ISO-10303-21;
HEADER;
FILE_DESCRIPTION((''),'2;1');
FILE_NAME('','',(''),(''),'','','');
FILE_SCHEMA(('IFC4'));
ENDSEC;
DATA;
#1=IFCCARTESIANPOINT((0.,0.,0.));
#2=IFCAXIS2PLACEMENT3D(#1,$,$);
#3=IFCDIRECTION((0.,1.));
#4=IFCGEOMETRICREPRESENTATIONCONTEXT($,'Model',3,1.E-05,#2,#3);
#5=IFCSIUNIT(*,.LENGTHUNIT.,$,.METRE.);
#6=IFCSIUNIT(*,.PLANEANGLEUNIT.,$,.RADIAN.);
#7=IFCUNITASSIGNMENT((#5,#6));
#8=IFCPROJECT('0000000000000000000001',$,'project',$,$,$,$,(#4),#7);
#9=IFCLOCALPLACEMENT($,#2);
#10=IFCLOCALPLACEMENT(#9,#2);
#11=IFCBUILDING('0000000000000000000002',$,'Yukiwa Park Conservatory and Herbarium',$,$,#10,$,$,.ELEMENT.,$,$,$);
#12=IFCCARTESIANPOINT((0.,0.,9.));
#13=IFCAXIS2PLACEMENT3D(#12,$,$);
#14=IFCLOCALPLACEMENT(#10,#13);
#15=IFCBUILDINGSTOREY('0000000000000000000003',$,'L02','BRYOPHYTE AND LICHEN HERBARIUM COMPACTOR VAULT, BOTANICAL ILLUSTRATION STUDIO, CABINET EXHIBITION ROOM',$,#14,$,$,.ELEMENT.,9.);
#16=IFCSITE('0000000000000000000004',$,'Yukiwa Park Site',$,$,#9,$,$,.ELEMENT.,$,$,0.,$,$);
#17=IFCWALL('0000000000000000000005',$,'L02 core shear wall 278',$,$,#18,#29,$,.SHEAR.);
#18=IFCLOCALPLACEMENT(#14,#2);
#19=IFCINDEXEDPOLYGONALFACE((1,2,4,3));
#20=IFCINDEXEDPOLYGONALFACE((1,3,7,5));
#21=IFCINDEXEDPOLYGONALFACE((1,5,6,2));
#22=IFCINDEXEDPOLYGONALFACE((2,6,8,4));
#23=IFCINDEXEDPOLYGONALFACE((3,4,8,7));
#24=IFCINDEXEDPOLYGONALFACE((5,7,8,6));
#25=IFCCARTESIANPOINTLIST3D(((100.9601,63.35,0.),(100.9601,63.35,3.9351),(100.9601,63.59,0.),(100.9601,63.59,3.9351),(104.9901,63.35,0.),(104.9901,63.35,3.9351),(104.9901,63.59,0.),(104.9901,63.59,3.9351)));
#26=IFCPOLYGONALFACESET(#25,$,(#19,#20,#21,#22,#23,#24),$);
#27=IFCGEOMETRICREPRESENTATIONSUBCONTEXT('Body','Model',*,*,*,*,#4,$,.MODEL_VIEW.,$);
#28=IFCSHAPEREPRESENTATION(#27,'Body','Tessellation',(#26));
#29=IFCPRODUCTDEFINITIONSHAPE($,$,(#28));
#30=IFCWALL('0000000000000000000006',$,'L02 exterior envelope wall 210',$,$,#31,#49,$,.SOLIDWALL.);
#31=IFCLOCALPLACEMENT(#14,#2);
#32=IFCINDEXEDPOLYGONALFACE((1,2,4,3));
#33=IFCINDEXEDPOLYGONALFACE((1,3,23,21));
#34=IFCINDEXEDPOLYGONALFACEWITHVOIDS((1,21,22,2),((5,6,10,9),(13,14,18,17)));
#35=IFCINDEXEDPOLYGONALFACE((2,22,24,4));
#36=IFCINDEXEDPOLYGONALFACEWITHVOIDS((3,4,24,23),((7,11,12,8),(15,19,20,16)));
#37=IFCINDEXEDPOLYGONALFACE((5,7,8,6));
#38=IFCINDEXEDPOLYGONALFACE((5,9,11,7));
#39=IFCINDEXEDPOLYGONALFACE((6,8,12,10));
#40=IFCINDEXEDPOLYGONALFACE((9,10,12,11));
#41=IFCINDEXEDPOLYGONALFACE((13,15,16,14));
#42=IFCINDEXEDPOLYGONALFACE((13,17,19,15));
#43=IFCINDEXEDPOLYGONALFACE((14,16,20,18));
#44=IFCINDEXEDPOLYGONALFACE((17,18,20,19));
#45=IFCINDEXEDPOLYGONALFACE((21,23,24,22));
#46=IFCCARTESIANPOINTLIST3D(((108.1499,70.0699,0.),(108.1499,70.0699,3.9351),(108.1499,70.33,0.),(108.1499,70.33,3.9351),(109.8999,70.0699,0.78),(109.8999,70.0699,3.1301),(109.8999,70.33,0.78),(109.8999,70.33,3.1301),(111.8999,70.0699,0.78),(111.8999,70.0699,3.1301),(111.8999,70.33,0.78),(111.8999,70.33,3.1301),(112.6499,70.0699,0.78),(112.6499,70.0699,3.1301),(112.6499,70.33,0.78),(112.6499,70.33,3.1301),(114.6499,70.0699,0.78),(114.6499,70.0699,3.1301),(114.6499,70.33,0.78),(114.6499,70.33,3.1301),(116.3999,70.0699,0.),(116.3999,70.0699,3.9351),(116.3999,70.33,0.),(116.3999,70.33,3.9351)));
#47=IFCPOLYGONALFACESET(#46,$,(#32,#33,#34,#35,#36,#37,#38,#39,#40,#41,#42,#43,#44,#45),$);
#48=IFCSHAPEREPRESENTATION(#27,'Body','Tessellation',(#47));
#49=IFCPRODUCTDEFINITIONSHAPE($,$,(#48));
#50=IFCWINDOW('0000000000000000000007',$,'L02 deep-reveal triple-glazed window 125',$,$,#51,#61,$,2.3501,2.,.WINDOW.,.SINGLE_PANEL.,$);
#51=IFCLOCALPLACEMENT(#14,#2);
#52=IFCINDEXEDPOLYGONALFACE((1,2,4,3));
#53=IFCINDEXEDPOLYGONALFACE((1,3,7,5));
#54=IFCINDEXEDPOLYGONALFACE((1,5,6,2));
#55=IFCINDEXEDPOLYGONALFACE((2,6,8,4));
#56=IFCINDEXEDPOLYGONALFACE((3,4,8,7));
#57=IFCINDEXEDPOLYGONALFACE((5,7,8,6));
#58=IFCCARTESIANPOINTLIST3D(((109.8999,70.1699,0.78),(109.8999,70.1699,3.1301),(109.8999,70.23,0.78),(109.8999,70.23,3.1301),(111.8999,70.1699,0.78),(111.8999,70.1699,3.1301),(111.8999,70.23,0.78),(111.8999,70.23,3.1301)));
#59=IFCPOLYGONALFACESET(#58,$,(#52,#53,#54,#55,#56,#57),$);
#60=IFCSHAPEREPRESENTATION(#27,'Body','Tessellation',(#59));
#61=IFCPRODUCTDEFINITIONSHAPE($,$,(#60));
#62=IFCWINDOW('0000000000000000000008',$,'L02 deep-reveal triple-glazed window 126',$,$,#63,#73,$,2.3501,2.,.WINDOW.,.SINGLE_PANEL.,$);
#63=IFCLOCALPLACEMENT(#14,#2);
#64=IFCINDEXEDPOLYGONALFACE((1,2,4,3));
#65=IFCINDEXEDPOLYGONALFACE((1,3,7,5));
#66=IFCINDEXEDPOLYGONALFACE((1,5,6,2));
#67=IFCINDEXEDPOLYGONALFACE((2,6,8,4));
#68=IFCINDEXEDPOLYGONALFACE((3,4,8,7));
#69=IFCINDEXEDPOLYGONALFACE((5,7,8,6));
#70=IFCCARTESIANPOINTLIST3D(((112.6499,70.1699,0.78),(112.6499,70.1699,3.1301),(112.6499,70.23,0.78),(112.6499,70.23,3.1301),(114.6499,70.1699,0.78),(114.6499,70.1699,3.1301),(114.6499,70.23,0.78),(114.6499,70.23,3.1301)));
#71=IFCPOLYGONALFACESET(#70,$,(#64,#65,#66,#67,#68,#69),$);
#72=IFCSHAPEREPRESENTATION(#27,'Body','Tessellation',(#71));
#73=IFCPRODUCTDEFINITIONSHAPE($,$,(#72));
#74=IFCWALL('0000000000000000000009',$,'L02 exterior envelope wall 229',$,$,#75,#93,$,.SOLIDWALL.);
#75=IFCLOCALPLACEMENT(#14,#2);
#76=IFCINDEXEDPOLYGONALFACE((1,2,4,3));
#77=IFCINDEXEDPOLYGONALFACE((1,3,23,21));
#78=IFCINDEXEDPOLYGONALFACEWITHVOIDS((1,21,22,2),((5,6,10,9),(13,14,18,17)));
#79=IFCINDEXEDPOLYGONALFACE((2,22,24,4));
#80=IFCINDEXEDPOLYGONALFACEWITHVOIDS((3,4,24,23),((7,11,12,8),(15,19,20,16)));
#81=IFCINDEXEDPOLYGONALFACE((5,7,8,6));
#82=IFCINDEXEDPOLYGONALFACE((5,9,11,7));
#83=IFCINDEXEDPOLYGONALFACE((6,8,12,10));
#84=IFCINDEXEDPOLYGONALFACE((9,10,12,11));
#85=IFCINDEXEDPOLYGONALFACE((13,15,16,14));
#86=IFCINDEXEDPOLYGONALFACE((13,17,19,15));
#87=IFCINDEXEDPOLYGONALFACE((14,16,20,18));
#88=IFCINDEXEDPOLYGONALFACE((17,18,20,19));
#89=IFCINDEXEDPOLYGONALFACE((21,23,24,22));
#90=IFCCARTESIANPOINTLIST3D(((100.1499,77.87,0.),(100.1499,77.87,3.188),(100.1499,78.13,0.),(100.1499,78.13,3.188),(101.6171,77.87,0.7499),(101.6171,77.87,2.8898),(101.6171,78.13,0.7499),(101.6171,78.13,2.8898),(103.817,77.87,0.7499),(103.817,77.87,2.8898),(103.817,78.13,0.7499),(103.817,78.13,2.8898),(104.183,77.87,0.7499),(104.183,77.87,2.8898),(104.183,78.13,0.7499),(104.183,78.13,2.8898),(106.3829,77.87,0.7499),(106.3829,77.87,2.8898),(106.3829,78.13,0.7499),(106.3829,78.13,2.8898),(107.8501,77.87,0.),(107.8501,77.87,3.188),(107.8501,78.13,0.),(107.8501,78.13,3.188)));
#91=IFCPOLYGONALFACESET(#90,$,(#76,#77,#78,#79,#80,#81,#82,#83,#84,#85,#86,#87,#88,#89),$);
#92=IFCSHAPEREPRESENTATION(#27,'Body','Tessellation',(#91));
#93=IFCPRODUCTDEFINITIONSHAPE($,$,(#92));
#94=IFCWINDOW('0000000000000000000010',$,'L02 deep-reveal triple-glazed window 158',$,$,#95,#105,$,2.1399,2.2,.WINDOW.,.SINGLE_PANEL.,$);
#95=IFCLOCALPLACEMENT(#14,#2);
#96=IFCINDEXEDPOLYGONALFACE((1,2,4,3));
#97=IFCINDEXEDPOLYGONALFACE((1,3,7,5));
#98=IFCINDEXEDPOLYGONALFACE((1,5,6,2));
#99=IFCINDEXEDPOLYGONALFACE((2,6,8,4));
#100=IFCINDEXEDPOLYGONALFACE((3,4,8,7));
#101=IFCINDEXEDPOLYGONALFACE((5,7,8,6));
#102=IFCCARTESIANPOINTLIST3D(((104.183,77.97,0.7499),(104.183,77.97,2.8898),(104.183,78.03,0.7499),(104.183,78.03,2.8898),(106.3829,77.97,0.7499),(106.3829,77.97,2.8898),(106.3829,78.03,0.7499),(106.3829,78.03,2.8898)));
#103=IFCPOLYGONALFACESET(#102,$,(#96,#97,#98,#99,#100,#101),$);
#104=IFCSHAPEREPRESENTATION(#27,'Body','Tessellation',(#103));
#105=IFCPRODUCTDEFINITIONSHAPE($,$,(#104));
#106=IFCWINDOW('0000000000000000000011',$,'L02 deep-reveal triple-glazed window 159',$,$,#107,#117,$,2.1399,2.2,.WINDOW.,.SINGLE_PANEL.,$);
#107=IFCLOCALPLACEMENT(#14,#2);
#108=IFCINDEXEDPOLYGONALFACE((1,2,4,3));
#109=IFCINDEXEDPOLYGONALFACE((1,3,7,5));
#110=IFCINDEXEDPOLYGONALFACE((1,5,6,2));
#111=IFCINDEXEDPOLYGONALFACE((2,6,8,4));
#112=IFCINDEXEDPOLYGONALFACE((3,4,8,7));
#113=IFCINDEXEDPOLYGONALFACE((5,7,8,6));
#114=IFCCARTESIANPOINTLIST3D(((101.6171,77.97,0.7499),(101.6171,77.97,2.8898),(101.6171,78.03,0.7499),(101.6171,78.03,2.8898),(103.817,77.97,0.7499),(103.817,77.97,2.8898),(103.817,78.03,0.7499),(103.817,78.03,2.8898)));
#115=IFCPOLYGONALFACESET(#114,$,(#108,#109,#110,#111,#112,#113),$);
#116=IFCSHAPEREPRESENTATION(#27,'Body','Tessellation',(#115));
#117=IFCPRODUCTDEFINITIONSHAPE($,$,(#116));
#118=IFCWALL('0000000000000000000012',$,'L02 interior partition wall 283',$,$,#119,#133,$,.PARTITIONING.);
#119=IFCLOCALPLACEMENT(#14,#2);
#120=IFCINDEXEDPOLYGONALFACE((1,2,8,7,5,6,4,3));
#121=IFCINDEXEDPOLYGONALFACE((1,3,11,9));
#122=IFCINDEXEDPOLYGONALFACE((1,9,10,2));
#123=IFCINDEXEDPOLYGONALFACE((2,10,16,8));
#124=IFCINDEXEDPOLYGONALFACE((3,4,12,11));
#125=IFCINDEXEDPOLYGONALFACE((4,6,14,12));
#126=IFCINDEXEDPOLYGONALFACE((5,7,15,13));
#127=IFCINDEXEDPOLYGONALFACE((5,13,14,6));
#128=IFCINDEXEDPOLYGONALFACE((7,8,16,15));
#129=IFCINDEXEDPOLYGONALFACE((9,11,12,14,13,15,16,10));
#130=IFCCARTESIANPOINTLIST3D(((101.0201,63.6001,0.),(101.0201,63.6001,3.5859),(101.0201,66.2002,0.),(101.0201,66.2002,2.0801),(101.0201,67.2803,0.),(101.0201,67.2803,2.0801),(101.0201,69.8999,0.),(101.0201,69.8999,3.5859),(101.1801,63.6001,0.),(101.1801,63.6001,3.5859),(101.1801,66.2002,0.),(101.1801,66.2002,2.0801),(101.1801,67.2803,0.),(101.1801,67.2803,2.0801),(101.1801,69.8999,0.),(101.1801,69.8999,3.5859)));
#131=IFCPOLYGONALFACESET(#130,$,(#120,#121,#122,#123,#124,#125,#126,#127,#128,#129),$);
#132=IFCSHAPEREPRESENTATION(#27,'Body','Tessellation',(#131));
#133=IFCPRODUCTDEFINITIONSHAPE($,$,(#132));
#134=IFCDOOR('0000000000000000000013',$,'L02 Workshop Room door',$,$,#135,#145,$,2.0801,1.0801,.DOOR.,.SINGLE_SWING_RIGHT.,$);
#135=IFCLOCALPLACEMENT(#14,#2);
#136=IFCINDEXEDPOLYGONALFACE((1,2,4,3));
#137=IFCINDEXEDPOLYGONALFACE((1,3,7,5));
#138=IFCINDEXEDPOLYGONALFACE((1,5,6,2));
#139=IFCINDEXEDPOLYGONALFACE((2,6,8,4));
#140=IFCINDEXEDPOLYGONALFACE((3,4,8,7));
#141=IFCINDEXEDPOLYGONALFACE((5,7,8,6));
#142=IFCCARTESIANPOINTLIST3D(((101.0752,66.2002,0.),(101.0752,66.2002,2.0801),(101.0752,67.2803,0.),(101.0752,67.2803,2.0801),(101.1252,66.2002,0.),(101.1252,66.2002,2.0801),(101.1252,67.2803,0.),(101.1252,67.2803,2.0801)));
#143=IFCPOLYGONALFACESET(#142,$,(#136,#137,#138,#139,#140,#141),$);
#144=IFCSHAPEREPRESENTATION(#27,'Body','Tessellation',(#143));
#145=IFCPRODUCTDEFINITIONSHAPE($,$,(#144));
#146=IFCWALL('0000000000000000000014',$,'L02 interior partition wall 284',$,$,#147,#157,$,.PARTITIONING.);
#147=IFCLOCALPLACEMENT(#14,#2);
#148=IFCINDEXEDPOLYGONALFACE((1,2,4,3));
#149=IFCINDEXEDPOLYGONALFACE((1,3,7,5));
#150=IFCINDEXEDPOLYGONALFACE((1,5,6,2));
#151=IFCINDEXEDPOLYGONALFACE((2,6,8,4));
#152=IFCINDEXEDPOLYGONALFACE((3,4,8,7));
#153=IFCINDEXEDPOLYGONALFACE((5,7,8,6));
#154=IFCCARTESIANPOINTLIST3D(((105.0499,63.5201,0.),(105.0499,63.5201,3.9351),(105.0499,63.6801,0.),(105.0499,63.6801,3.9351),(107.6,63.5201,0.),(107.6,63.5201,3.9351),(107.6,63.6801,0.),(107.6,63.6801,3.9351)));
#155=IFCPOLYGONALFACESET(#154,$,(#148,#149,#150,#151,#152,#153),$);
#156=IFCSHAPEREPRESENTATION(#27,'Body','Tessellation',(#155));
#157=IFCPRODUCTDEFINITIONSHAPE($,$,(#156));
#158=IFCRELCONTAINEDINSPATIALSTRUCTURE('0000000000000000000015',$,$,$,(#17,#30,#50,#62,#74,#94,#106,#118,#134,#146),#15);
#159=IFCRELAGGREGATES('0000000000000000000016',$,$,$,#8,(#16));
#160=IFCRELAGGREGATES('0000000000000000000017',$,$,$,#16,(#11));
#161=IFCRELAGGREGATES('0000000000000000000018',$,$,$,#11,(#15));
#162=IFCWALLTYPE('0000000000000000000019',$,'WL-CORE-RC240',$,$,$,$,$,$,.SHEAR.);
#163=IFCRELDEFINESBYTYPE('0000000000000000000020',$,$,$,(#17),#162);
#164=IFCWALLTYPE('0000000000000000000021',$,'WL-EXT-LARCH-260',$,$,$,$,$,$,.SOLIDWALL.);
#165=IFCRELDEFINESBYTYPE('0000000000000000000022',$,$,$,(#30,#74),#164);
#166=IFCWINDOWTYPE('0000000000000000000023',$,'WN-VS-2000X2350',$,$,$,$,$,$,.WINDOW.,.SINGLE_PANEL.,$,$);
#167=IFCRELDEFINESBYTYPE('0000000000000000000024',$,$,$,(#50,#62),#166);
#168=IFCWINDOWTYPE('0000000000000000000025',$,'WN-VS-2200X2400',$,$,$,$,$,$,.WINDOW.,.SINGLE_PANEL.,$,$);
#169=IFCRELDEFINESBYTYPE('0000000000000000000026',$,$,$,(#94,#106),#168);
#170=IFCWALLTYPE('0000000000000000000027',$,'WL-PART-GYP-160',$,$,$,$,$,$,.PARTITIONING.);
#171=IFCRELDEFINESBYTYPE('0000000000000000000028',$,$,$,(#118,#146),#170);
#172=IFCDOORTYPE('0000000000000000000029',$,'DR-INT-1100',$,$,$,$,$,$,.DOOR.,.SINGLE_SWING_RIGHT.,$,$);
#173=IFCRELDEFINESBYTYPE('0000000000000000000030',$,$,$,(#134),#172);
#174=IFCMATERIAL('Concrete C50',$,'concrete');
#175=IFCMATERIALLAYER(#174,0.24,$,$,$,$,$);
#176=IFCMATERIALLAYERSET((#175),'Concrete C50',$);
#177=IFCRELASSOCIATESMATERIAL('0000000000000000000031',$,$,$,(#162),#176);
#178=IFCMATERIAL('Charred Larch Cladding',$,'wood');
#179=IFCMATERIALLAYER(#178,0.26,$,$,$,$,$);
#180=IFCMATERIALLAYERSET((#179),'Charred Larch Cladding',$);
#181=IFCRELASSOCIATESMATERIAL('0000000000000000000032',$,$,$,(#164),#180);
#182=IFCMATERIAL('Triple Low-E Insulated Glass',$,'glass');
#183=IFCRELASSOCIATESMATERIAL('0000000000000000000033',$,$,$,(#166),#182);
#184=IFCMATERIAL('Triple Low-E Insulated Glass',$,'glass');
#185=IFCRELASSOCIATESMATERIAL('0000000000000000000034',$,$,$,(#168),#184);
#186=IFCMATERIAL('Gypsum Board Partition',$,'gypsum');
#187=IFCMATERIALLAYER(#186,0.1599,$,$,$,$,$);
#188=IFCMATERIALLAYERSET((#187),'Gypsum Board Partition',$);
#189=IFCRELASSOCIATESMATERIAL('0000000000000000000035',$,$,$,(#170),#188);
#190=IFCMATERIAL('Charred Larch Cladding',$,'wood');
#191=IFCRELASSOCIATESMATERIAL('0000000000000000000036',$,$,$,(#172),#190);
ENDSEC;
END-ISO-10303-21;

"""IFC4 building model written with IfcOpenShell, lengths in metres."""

from ifc_helpers import new_model, si_unit, direction, frame, frame_2d, origin, place, context, subcontext, project, spatial, rectangle, extrude, material, layer, layer_set, type_object, element, fill, save


model = new_model("IFC4")

# Units and contexts
model_context = context("Model", 3, precision=1e-05, world=origin(), true_north=direction((0.0, 1.0)))
body_context = subcontext(model_context, "Body", "Model", "MODEL_VIEW")
ifc_project = project(units=[si_unit("LENGTHUNIT", "METRE"), si_unit("PLANEANGLEUNIT", "RADIAN")], contexts=[model_context])

# Site, building, storey
site_placement = place(None, origin())
site = spatial("IfcSite", under=ifc_project, at=site_placement, Name="Yukiwa Park Site", CompositionType="ELEMENT", RefElevation=0.0)
building_placement = place(site_placement, origin())
building = spatial("IfcBuilding", under=site, at=building_placement, Name="Yukiwa Park Conservatory and Herbarium", CompositionType="ELEMENT")
storey_placement = place(building_placement, frame((0.0, 0.0, 9.0)))
storey = spatial("IfcBuildingStorey", under=building, at=storey_placement, Name="L02", Description="BRYOPHYTE AND LICHEN HERBARIUM COMPACTOR VAULT, BOTANICAL ILLUSTRATION STUDIO, CABINET EXHIBITION ROOM", CompositionType="ELEMENT", Elevation=9.0)

# Wall
ifc_material_1 = material(Name="Concrete C50", Category="concrete")
ifc_layer_1 = layer(ifc_material_1, 0.24)
ifc_layer_set_1 = layer_set([ifc_layer_1], Name="Concrete C50")
wall_type_1 = type_object("IfcWallType", Name="WL-CORE-RC240", PredefinedType="SHEAR", material=ifc_layer_set_1)
wall_1_placement = place(storey_placement, frame((100.96, 63.47, 0.0), z_axis=(0.0, 0.0, 1.0), x_axis=(1.0, 0.0, 0.0)))
element("IfcWall", 1, at=wall_1_placement, inside=storey, type_object=wall_type_1, Name="L02 core shear wall 278", PredefinedType="SHEAR", context=body_context, shape_type="SweptSolid", body=[
    extrude(rectangle(XDim=4.03, YDim=0.24, at=frame_2d((2.0151, 0.0))), origin(), (0.0, 0.0, 1.0), 3.9351),
])

# Walls, openings, windows
ifc_material_2 = material(Name="Charred Larch Cladding", Category="wood")
ifc_layer_2 = layer(ifc_material_2, 0.26)
ifc_layer_set_2 = layer_set([ifc_layer_2], Name="Charred Larch Cladding")
wall_type_2 = type_object("IfcWallType", Name="WL-EXT-LARCH-260", PredefinedType="SOLIDWALL", material=ifc_layer_set_2)
wall_2_placement = place(storey_placement, frame((108.1499, 70.2, 0.0), z_axis=(0.0, 0.0, 1.0), x_axis=(1.0, 0.0, 0.0)))
wall_2 = element("IfcWall", 2, at=wall_2_placement, inside=storey, type_object=wall_type_2, Name="L02 exterior envelope wall 210", PredefinedType="SOLIDWALL", context=body_context, shape_type="SweptSolid", body=[
    extrude(rectangle(XDim=8.25, YDim=0.26, at=frame_2d((4.125, 0.0))), origin(), (0.0, 0.0, 1.0), 3.9351),
])
opening_1_placement = place(wall_2_placement, frame((1.75, 0.0, 0.78)))
opening_1 = element("IfcOpeningElement", 3, at=opening_1_placement, cuts=wall_2, PredefinedType="OPENING", context=body_context, shape_type="SweptSolid", body=[
    extrude(rectangle(XDim=2.0, YDim=2.3501, at=frame_2d((1.0, 1.175))), frame((0.0, 0.1401, 0.0), z_axis=(0.0, -1.0, 0.0), x_axis=(1.0, 0.0, 0.0)), (0.0, 0.0, 1.0), 0.28),
])
opening_2_placement = place(wall_2_placement, frame((4.5, 0.0, 0.78)))
opening_2 = element("IfcOpeningElement", 4, at=opening_2_placement, cuts=wall_2, PredefinedType="OPENING", context=body_context, shape_type="SweptSolid", body=[
    extrude(rectangle(XDim=2.0, YDim=2.3501, at=frame_2d((1.0, 1.175))), frame((0.0, 0.1401, 0.0), z_axis=(0.0, -1.0, 0.0), x_axis=(1.0, 0.0, 0.0)), (0.0, 0.0, 1.0), 0.28),
])
ifc_material_3 = material(Name="Triple Low-E Insulated Glass", Category="glass")
window_type_1 = type_object("IfcWindowType", Name="WN-VS-2000X2350", PartitioningType="SINGLE_PANEL", PredefinedType="WINDOW", material=ifc_material_3)
window_1_placement = place(opening_1_placement, origin())
window_1 = element("IfcWindow", 5, at=window_1_placement, inside=storey, type_object=window_type_1, Name="L02 deep-reveal triple-glazed window 125", OverallHeight=2.3501, OverallWidth=2.0, PartitioningType="SINGLE_PANEL", PredefinedType="WINDOW", context=body_context, shape_type="SweptSolid", body=[
    extrude(rectangle(XDim=2.0, YDim=2.3501, at=frame_2d((1.0, 1.175))), frame((0.0, 0.03, 0.0), z_axis=(0.0, -1.0, 0.0), x_axis=(1.0, 0.0, 0.0)), (0.0, 0.0, 1.0), 0.0601),
])
fill(opening_1, window_1)
window_2_placement = place(opening_2_placement, origin())
window_2 = element("IfcWindow", 6, at=window_2_placement, inside=storey, type_object=window_type_1, Name="L02 deep-reveal triple-glazed window 126", OverallHeight=2.3501, OverallWidth=2.0, PartitioningType="SINGLE_PANEL", PredefinedType="WINDOW", context=body_context, shape_type="SweptSolid", body=[
    extrude(rectangle(XDim=2.0, YDim=2.3501, at=frame_2d((1.0, 1.175))), frame((0.0, 0.03, 0.0), z_axis=(0.0, -1.0, 0.0), x_axis=(1.0, 0.0, 0.0)), (0.0, 0.0, 1.0), 0.0601),
])
fill(opening_2, window_2)
wall_3_placement = place(storey_placement, frame((107.8501, 78.0, 0.0), z_axis=(0.0, 0.0, 1.0), x_axis=(-1.0, 0.0, 0.0)))
wall_3 = element("IfcWall", 7, at=wall_3_placement, inside=storey, type_object=wall_type_2, Name="L02 exterior envelope wall 229", PredefinedType="SOLIDWALL", context=body_context, shape_type="SweptSolid", body=[
    extrude(rectangle(XDim=7.7002, YDim=0.26, at=frame_2d((3.8501, 0.0))), origin(), (0.0, 0.0, 1.0), 3.188),
])
opening_3_placement = place(wall_3_placement, frame((1.467, 0.0, 0.75)))
opening_3 = element("IfcOpeningElement", 8, at=opening_3_placement, cuts=wall_3, PredefinedType="OPENING", context=body_context, shape_type="SweptSolid", body=[
    extrude(rectangle(XDim=2.2, YDim=2.1399, at=frame_2d((1.1001, 1.0698))), frame((0.0, 0.1401, 0.0), z_axis=(0.0, -1.0, 0.0), x_axis=(1.0, 0.0, 0.0)), (0.0, 0.0, 1.0), 0.28),
])
opening_4_placement = place(wall_3_placement, frame((4.033, 0.0, 0.75)))
opening_4 = element("IfcOpeningElement", 9, at=opening_4_placement, cuts=wall_3, PredefinedType="OPENING", context=body_context, shape_type="SweptSolid", body=[
    extrude(rectangle(XDim=2.2, YDim=2.1399, at=frame_2d((1.1001, 1.0698))), frame((0.0, 0.1401, 0.0), z_axis=(0.0, -1.0, 0.0), x_axis=(1.0, 0.0, 0.0)), (0.0, 0.0, 1.0), 0.28),
])
ifc_material_4 = material(Name="Triple Low-E Insulated Glass", Category="glass")
window_type_2 = type_object("IfcWindowType", Name="WN-VS-2200X2400", PartitioningType="SINGLE_PANEL", PredefinedType="WINDOW", material=ifc_material_4)
window_3_placement = place(opening_3_placement, origin())
window_3 = element("IfcWindow", 10, at=window_3_placement, inside=storey, type_object=window_type_2, Name="L02 deep-reveal triple-glazed window 158", OverallHeight=2.1399, OverallWidth=2.2, PartitioningType="SINGLE_PANEL", PredefinedType="WINDOW", context=body_context, shape_type="SweptSolid", body=[
    extrude(rectangle(XDim=2.2, YDim=2.1399, at=frame_2d((1.1001, 1.0698))), frame((0.0, 0.03, 0.0), z_axis=(0.0, -1.0, 0.0), x_axis=(1.0, 0.0, 0.0)), (0.0, 0.0, 1.0), 0.0601),
])
fill(opening_3, window_3)
window_4_placement = place(opening_4_placement, origin())
window_4 = element("IfcWindow", 11, at=window_4_placement, inside=storey, type_object=window_type_2, Name="L02 deep-reveal triple-glazed window 159", OverallHeight=2.1399, OverallWidth=2.2, PartitioningType="SINGLE_PANEL", PredefinedType="WINDOW", context=body_context, shape_type="SweptSolid", body=[
    extrude(rectangle(XDim=2.2, YDim=2.1399, at=frame_2d((1.1001, 1.0698))), frame((0.0, 0.03, 0.0), z_axis=(0.0, -1.0, 0.0), x_axis=(1.0, 0.0, 0.0)), (0.0, 0.0, 1.0), 0.0601),
])
fill(opening_4, window_4)

# Wall, opening, door
ifc_material_5 = material(Name="Gypsum Board Partition", Category="gypsum")
ifc_layer_3 = layer(ifc_material_5, 0.1599)
ifc_layer_set_3 = layer_set([ifc_layer_3], Name="Gypsum Board Partition")
wall_type_3 = type_object("IfcWallType", Name="WL-PART-GYP-160", PredefinedType="PARTITIONING", material=ifc_layer_set_3)
wall_4_placement = place(storey_placement, frame((101.1001, 63.6001, 0.0), z_axis=(0.0, 0.0, 1.0), x_axis=(0.0, 1.0, 0.0)))
wall_4 = element("IfcWall", 12, at=wall_4_placement, inside=storey, type_object=wall_type_3, Name="L02 interior partition wall 283", PredefinedType="PARTITIONING", context=body_context, shape_type="SweptSolid", body=[
    extrude(rectangle(XDim=6.2998, YDim=0.1599, at=frame_2d((3.1499, 0.0))), origin(), (0.0, 0.0, 1.0), 3.5859),
])
opening_5_placement = place(wall_4_placement, frame((2.6001, 0.0, 0.0)))
opening_5 = element("IfcOpeningElement", 13, at=opening_5_placement, cuts=wall_4, PredefinedType="OPENING", context=body_context, shape_type="SweptSolid", body=[
    extrude(rectangle(XDim=1.0801, YDim=2.0801, at=frame_2d((0.54, 1.04))), frame((0.0, 0.0898, 0.0), z_axis=(0.0, -1.0, 0.0), x_axis=(1.0, 0.0, 0.0)), (0.0, 0.0, 1.0), 0.1799),
])
ifc_material_6 = material(Name="Charred Larch Cladding", Category="wood")
door_type_1 = type_object("IfcDoorType", Name="DR-INT-1100", OperationType="SINGLE_SWING_RIGHT", PredefinedType="DOOR", material=ifc_material_6)
door_1_placement = place(opening_5_placement, origin())
door_1 = element("IfcDoor", 14, at=door_1_placement, inside=storey, type_object=door_type_1, Name="L02 Workshop Room door", OperationType="SINGLE_SWING_RIGHT", OverallHeight=2.0801, OverallWidth=1.0801, PredefinedType="DOOR", context=body_context, shape_type="SweptSolid", body=[
    extrude(rectangle(XDim=1.0801, YDim=2.0801, at=frame_2d((0.54, 1.04))), frame((0.0, 0.0249, 0.0), z_axis=(0.0, -1.0, 0.0), x_axis=(1.0, 0.0, 0.0)), (0.0, 0.0, 1.0), 0.05),
])
fill(opening_5, door_1)

# Wall
wall_5_placement = place(storey_placement, frame((105.05, 63.6001, 0.0), z_axis=(0.0, 0.0, 1.0), x_axis=(1.0, 0.0, 0.0)))
element("IfcWall", 15, at=wall_5_placement, inside=storey, type_object=wall_type_3, Name="L02 interior partition wall 284", PredefinedType="PARTITIONING", context=body_context, shape_type="SweptSolid", body=[
    extrude(rectangle(XDim=2.55, YDim=0.1599, at=frame_2d((1.2749, 0.0))), origin(), (0.0, 0.0, 1.0), 3.9351),
])

save(model, "model.ifc")
